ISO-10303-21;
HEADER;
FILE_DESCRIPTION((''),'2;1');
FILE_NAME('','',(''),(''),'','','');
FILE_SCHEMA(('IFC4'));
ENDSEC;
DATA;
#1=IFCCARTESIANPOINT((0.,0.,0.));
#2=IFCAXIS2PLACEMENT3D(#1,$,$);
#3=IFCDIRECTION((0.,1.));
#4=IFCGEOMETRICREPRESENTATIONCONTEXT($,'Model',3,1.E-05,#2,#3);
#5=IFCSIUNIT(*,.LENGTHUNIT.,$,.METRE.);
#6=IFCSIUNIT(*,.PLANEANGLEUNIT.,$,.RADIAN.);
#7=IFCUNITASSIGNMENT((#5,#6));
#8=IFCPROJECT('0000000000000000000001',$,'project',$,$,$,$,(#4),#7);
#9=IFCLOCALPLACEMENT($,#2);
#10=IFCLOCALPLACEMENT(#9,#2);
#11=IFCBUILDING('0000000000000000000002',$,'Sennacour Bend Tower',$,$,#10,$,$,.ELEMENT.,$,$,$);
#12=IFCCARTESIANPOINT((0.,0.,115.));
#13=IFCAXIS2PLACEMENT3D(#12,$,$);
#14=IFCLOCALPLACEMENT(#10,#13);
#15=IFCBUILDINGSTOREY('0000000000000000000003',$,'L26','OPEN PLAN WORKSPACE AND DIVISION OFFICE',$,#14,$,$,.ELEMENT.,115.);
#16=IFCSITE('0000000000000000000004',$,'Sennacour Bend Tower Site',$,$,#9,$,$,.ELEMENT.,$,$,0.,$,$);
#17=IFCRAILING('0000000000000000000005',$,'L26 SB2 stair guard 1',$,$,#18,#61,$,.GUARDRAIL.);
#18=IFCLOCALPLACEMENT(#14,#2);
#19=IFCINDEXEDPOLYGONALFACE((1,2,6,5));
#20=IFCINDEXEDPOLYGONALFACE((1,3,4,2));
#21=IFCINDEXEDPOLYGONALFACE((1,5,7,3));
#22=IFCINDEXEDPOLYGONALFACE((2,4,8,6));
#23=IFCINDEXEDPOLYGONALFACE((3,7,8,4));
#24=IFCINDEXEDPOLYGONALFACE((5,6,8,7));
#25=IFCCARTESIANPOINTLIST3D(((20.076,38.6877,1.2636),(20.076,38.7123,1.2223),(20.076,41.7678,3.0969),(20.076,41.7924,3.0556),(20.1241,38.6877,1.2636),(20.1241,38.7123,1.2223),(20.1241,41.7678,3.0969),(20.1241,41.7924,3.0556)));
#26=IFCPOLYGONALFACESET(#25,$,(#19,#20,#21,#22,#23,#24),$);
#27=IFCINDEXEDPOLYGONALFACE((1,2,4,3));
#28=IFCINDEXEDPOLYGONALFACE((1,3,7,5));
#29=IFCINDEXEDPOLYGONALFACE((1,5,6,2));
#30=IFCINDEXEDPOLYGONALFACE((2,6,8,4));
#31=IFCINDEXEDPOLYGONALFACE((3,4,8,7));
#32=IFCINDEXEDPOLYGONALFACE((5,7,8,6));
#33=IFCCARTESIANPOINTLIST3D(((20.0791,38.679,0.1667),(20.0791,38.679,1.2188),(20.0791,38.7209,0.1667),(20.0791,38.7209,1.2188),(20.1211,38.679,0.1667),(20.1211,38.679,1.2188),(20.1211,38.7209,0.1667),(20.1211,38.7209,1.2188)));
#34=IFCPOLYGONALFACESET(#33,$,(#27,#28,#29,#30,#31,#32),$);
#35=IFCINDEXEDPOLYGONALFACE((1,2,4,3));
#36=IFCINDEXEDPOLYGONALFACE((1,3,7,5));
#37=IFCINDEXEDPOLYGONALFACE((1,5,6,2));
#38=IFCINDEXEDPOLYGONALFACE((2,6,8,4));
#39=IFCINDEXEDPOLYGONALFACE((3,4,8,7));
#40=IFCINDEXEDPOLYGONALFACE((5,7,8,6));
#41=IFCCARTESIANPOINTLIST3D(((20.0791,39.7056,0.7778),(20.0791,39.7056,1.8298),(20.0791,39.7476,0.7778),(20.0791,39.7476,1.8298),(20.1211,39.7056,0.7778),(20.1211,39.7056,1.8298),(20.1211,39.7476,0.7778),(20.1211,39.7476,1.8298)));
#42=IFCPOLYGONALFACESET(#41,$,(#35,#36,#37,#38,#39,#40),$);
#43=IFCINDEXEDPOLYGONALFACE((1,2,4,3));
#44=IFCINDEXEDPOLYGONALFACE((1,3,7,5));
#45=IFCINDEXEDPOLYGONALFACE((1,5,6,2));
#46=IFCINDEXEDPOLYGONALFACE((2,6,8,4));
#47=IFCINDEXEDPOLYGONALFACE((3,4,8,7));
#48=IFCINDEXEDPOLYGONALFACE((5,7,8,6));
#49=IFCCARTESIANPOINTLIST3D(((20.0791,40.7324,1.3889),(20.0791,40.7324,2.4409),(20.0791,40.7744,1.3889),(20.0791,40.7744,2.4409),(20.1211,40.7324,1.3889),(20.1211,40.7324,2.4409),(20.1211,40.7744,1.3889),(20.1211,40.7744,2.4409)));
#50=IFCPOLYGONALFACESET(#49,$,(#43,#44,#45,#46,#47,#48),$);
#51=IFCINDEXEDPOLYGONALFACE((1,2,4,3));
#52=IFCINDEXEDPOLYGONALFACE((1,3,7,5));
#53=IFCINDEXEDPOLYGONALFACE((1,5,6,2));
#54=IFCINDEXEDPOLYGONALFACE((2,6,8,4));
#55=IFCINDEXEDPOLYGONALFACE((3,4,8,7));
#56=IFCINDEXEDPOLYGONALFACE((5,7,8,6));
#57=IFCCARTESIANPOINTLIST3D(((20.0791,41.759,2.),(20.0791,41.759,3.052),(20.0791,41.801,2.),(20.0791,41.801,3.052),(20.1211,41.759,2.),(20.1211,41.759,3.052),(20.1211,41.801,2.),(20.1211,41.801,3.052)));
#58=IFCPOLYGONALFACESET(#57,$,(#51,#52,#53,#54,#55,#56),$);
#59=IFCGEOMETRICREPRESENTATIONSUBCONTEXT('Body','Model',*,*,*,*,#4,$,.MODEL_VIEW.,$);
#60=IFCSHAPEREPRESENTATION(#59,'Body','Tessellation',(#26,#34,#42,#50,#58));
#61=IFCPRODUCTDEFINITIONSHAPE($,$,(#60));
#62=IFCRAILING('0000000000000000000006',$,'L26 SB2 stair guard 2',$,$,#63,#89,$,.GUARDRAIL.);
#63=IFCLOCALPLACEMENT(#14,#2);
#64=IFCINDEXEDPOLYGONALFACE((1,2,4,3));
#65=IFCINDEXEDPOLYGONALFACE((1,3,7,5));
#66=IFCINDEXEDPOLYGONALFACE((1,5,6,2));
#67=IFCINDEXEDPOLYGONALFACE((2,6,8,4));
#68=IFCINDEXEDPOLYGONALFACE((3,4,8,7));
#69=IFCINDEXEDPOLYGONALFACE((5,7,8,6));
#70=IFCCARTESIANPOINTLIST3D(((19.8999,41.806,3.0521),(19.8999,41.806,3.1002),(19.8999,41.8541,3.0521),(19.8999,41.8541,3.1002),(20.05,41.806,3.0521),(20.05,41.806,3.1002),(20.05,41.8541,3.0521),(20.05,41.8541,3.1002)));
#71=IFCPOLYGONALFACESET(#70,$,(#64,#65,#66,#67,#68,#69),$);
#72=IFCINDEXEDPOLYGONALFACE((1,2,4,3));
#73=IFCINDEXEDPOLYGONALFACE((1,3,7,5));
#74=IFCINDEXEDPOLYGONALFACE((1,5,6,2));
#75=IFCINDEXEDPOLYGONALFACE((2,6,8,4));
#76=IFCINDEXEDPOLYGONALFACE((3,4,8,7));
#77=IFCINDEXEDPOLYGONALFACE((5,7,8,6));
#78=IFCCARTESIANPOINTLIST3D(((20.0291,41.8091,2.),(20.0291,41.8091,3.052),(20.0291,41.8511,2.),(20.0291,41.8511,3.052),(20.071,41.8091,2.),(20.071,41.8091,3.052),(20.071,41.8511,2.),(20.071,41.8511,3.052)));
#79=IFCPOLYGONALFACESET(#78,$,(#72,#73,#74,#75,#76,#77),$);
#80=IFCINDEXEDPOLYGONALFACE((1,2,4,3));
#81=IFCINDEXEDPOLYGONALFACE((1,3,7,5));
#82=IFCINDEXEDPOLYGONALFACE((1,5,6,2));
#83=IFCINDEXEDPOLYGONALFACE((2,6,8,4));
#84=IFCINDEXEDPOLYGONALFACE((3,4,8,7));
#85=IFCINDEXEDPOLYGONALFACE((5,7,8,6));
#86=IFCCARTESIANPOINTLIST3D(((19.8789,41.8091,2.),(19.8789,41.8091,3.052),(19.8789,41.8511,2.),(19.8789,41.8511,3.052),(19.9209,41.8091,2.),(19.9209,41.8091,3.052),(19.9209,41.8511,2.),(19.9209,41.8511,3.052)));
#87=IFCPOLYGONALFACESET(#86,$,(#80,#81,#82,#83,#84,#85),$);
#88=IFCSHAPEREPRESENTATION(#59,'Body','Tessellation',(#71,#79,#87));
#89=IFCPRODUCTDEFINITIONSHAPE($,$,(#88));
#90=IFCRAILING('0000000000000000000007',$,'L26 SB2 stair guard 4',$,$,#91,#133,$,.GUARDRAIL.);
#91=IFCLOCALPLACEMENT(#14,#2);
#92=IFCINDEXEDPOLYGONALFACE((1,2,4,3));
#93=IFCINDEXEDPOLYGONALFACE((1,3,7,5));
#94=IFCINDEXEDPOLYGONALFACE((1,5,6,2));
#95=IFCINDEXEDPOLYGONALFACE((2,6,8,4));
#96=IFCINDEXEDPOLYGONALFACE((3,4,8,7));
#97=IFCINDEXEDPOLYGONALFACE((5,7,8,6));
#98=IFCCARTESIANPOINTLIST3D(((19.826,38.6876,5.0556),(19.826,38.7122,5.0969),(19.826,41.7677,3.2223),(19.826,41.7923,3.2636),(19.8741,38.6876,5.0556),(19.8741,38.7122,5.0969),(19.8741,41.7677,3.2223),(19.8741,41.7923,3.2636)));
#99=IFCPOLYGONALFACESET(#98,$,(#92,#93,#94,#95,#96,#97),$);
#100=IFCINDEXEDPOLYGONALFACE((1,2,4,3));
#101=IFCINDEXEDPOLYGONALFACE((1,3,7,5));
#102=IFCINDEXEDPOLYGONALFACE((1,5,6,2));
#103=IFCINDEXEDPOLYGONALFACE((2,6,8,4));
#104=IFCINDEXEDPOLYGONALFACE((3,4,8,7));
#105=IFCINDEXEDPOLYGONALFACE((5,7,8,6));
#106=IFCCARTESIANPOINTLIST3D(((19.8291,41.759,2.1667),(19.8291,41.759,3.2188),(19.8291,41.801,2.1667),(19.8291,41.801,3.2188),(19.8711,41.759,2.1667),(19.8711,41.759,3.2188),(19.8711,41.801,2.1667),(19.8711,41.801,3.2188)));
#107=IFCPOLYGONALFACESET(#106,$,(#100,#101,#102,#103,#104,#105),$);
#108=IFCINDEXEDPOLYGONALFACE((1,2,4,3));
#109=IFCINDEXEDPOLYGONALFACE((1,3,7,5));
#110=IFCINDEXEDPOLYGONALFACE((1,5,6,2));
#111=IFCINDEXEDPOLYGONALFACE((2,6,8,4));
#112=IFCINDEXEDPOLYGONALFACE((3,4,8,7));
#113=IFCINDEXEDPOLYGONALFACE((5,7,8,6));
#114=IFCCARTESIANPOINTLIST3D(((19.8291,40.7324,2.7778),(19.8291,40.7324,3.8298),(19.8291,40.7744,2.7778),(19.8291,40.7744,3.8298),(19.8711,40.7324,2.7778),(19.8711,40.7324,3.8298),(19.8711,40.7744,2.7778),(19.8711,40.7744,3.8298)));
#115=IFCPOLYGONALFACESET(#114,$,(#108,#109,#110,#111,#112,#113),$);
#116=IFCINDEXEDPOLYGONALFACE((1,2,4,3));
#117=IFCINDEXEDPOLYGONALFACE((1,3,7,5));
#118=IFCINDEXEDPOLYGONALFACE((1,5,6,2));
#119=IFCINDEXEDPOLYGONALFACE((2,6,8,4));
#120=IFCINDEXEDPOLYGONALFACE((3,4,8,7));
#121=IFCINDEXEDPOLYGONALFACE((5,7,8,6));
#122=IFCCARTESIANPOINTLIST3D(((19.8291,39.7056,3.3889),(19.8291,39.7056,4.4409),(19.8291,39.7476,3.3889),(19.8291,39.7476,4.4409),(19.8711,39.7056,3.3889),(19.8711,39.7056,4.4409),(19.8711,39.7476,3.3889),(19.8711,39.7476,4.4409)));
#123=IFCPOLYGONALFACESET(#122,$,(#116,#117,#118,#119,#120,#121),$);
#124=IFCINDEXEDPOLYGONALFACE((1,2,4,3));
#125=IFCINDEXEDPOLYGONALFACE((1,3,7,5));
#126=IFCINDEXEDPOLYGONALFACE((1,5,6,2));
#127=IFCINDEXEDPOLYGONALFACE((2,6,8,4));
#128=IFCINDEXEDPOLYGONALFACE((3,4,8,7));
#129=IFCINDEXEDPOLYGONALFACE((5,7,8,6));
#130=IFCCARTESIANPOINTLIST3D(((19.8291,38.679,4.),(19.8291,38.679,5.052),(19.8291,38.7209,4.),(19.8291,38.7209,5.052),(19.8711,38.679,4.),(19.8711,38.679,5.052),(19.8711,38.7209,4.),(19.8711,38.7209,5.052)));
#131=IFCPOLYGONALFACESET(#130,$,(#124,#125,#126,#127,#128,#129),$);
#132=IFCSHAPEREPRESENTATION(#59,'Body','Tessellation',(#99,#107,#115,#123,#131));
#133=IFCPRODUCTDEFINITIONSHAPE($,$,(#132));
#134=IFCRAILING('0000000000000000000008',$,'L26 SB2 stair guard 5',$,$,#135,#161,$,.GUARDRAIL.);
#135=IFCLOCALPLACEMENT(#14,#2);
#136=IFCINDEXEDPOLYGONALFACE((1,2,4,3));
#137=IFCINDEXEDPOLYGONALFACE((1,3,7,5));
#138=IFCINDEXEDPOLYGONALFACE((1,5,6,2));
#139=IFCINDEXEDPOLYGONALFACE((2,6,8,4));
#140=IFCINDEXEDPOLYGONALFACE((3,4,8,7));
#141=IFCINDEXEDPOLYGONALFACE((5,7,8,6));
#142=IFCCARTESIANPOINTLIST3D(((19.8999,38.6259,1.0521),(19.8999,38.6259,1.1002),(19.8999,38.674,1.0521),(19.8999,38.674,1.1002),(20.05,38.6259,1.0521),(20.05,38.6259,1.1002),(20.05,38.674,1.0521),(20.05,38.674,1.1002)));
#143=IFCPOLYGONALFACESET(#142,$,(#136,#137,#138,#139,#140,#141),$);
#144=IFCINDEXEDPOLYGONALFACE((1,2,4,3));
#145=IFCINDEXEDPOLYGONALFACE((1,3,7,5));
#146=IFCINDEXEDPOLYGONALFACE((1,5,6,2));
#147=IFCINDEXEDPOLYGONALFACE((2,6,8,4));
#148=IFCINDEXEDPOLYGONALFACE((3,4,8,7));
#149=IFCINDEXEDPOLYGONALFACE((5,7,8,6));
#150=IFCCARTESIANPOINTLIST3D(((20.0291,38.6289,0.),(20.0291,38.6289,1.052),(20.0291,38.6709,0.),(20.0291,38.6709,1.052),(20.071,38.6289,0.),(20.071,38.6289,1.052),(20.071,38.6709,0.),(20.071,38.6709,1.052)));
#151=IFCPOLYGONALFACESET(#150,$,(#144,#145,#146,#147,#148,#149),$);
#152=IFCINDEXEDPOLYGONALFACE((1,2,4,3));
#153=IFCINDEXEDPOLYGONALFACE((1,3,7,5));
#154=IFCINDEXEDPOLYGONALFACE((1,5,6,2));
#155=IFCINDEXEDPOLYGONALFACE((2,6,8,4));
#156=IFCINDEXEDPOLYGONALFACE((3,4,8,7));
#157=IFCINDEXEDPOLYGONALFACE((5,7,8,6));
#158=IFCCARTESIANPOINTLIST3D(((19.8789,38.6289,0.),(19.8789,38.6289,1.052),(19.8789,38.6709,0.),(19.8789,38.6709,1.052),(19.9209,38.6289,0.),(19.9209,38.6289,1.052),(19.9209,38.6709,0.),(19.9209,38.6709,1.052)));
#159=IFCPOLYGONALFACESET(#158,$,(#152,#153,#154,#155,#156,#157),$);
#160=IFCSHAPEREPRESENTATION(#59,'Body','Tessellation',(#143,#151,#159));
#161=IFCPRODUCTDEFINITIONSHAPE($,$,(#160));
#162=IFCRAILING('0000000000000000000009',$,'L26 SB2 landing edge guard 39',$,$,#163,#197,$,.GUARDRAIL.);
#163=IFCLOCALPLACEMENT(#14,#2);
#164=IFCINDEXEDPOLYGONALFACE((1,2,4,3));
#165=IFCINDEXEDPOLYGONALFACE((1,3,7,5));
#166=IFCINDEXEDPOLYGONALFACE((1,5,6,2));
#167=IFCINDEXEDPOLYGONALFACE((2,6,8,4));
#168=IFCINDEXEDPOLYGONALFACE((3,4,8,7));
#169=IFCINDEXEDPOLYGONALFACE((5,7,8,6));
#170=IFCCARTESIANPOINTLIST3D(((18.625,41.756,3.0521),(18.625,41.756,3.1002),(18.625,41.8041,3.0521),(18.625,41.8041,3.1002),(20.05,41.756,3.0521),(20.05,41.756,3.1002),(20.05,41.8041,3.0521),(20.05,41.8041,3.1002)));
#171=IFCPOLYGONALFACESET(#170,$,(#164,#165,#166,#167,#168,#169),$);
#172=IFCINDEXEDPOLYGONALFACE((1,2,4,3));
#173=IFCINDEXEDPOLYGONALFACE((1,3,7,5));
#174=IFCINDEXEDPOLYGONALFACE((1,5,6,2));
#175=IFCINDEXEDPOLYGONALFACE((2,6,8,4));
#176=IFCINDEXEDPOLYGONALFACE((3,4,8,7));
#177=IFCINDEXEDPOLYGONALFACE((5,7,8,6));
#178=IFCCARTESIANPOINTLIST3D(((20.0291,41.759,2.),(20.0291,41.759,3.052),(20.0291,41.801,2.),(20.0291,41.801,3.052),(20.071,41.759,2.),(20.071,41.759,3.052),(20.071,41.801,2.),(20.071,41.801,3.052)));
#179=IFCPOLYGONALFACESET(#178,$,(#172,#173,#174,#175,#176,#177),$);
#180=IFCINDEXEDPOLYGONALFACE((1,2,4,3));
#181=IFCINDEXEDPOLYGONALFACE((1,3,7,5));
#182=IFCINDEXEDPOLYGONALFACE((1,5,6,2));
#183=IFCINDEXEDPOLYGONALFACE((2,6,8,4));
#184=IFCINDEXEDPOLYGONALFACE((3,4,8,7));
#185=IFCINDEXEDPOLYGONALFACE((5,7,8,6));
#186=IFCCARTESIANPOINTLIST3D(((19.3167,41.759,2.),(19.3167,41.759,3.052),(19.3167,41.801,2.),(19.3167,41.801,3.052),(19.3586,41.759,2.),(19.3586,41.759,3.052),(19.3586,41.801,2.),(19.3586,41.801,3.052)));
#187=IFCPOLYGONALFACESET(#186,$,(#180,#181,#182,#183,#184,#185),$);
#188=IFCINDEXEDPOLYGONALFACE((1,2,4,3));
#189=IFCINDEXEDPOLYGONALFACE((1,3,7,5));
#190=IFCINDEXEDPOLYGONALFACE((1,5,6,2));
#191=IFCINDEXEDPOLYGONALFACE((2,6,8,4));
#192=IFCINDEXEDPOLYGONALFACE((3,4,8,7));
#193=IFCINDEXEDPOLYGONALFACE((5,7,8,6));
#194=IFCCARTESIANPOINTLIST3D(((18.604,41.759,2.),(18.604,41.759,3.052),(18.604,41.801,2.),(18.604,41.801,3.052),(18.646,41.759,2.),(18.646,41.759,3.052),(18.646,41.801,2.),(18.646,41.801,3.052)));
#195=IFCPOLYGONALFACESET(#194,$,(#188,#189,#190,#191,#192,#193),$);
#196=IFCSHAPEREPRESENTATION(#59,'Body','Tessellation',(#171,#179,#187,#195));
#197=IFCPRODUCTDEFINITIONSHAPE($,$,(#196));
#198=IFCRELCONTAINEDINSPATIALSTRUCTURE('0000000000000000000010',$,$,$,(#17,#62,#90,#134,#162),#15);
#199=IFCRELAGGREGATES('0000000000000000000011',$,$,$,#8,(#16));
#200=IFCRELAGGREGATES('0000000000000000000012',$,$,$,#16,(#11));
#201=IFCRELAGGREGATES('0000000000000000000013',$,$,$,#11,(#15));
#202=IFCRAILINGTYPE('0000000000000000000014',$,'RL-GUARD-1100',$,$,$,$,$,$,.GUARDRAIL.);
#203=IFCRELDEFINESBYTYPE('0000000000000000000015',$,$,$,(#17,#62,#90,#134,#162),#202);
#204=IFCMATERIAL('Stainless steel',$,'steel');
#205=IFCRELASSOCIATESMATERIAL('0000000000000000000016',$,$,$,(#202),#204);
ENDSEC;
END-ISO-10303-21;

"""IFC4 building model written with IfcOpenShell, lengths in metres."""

from ifc_helpers import new_model, si_unit, direction, frame, origin, origin_2d, place, context, subcontext, project, spatial, rectangle, extrude, material, type_object, element, save


model = new_model("IFC4")

# Units and contexts
model_context = context("Model", 3, precision=1e-05, world=origin(), true_north=direction((0.0, 1.0)))
body_context = subcontext(model_context, "Body", "Model", "MODEL_VIEW")
ifc_project = project(units=[si_unit("LENGTHUNIT", "METRE"), si_unit("PLANEANGLEUNIT", "RADIAN")], contexts=[model_context])

# Site, building, storey
site_placement = place(None, origin())
site = spatial("IfcSite", under=ifc_project, at=site_placement, Name="Sennacour Bend Tower Site", CompositionType="ELEMENT", RefElevation=0.0)
building_placement = place(site_placement, origin())
building = spatial("IfcBuilding", under=site, at=building_placement, Name="Sennacour Bend Tower", CompositionType="ELEMENT")
storey_placement = place(building_placement, frame((0.0, 0.0, 115.0)))
storey = spatial("IfcBuildingStorey", under=building, at=storey_placement, Name="L26", Description="OPEN PLAN WORKSPACE AND DIVISION OFFICE", CompositionType="ELEMENT", Elevation=115.0)

# Shared definitions
ifc_material_1 = material(Name="Stainless steel", Category="steel")

# Railings
railing_type_1 = type_object("IfcRailingType", Name="RL-GUARD-1100", PredefinedType="GUARDRAIL", material=ifc_material_1)
railing_1_placement = place(storey_placement, frame((20.1001, 38.7, 0.1667)))
element("IfcRailing", 1, at=railing_1_placement, inside=storey, type_object=railing_type_1, Name="L26 SB2 stair guard 1", PredefinedType="GUARDRAIL", context=body_context, shape_type="SweptSolid", body=[
    extrude(rectangle(XDim=0.0481, YDim=0.0481, at=origin_2d()), frame((0.0, 0.0, 1.0762), z_axis=(0.0, 0.859309, 0.511458), x_axis=(-1.0, 0.0, 0.0)), (0.0, 0.0, 1.0), 3.5845),
    extrude(rectangle(XDim=0.042, YDim=0.042, at=origin_2d()), origin(), (0.0, 0.0, 1.0), 1.052),
    extrude(rectangle(XDim=0.042, YDim=0.042, at=origin_2d()), frame((0.0, 1.0266, 0.6111)), (0.0, 0.0, 1.0), 1.052),
    extrude(rectangle(XDim=0.042, YDim=0.042, at=origin_2d()), frame((0.0, 2.0535, 1.2222)), (0.0, 0.0, 1.0), 1.052),
    extrude(rectangle(XDim=0.042, YDim=0.042, at=origin_2d()), frame((0.0, 3.0801, 1.8333)), (0.0, 0.0, 1.0), 1.052),
])
railing_2_placement = place(storey_placement, frame((20.05, 41.8301, 2.0)))
element("IfcRailing", 2, at=railing_2_placement, inside=storey, type_object=railing_type_1, Name="L26 SB2 stair guard 2", PredefinedType="GUARDRAIL", context=body_context, shape_type="SweptSolid", body=[
    extrude(rectangle(XDim=0.0481, YDim=0.0481, at=origin_2d()), frame((0.0, 0.0, 1.0762), z_axis=(-1.0, 0.0, 0.0), x_axis=(0.0, -1.0, 0.0)), (0.0, 0.0, 1.0), 0.1501),
    extrude(rectangle(XDim=0.042, YDim=0.042, at=origin_2d()), origin(), (0.0, 0.0, 1.0), 1.052),
    extrude(rectangle(XDim=0.042, YDim=0.042, at=origin_2d()), frame((-0.1501, 0.0, 0.0)), (0.0, 0.0, 1.0), 1.052),
])
railing_3_placement = place(storey_placement, frame((19.8501, 41.78, 2.1667)))
element("IfcRailing", 3, at=railing_3_placement, inside=storey, type_object=railing_type_1, Name="L26 SB2 stair guard 4", PredefinedType="GUARDRAIL", context=body_context, shape_type="SweptSolid", body=[
    extrude(rectangle(XDim=0.0481, YDim=0.0481, at=origin_2d()), frame((0.0, 0.0, 1.0762), z_axis=(0.0, -0.859309, 0.511458), x_axis=(1.0, 0.0, 0.0)), (0.0, 0.0, 1.0), 3.5845),
    extrude(rectangle(XDim=0.042, YDim=0.042, at=origin_2d()), origin(), (0.0, 0.0, 1.0), 1.052),
    extrude(rectangle(XDim=0.042, YDim=0.042, at=origin_2d()), frame((0.0, -1.0266, 0.6111)), (0.0, 0.0, 1.0), 1.052),
    extrude(rectangle(XDim=0.042, YDim=0.042, at=origin_2d()), frame((0.0, -2.0535, 1.2222)), (0.0, 0.0, 1.0), 1.052),
    extrude(rectangle(XDim=0.042, YDim=0.042, at=origin_2d()), frame((0.0, -3.0801, 1.8333)), (0.0, 0.0, 1.0), 1.052),
])
railing_4_placement = place(storey_placement, frame((20.05, 38.6499, 0.0)))
element("IfcRailing", 4, at=railing_4_placement, inside=storey, type_object=railing_type_1, Name="L26 SB2 stair guard 5", PredefinedType="GUARDRAIL", context=body_context, shape_type="SweptSolid", body=[
    extrude(rectangle(XDim=0.0481, YDim=0.0481, at=origin_2d()), frame((0.0, 0.0, 1.0762), z_axis=(-1.0, 0.0, 0.0), x_axis=(0.0, -1.0, 0.0)), (0.0, 0.0, 1.0), 0.1501),
    extrude(rectangle(XDim=0.042, YDim=0.042, at=origin_2d()), origin(), (0.0, 0.0, 1.0), 1.052),
    extrude(rectangle(XDim=0.042, YDim=0.042, at=origin_2d()), frame((-0.1501, 0.0, 0.0)), (0.0, 0.0, 1.0), 1.052),
])
railing_5_placement = place(storey_placement, frame((20.05, 41.78, 2.0)))
element("IfcRailing", 5, at=railing_5_placement, inside=storey, type_object=railing_type_1, Name="L26 SB2 landing edge guard 39", PredefinedType="GUARDRAIL", context=body_context, shape_type="SweptSolid", body=[
    extrude(rectangle(XDim=0.0481, YDim=0.0481, at=origin_2d()), frame((0.0, 0.0, 1.0762), z_axis=(-1.0, 0.0, 0.0), x_axis=(0.0, -1.0, 0.0)), (0.0, 0.0, 1.0), 1.425),
    extrude(rectangle(XDim=0.042, YDim=0.042, at=origin_2d()), origin(), (0.0, 0.0, 1.0), 1.052),
    extrude(rectangle(XDim=0.042, YDim=0.042, at=origin_2d()), frame((-0.7124, 0.0, 0.0)), (0.0, 0.0, 1.0), 1.052),
    extrude(rectangle(XDim=0.042, YDim=0.042, at=origin_2d()), frame((-1.425, 0.0, 0.0)), (0.0, 0.0, 1.0), 1.052),
])

save(model, "model.ifc")
